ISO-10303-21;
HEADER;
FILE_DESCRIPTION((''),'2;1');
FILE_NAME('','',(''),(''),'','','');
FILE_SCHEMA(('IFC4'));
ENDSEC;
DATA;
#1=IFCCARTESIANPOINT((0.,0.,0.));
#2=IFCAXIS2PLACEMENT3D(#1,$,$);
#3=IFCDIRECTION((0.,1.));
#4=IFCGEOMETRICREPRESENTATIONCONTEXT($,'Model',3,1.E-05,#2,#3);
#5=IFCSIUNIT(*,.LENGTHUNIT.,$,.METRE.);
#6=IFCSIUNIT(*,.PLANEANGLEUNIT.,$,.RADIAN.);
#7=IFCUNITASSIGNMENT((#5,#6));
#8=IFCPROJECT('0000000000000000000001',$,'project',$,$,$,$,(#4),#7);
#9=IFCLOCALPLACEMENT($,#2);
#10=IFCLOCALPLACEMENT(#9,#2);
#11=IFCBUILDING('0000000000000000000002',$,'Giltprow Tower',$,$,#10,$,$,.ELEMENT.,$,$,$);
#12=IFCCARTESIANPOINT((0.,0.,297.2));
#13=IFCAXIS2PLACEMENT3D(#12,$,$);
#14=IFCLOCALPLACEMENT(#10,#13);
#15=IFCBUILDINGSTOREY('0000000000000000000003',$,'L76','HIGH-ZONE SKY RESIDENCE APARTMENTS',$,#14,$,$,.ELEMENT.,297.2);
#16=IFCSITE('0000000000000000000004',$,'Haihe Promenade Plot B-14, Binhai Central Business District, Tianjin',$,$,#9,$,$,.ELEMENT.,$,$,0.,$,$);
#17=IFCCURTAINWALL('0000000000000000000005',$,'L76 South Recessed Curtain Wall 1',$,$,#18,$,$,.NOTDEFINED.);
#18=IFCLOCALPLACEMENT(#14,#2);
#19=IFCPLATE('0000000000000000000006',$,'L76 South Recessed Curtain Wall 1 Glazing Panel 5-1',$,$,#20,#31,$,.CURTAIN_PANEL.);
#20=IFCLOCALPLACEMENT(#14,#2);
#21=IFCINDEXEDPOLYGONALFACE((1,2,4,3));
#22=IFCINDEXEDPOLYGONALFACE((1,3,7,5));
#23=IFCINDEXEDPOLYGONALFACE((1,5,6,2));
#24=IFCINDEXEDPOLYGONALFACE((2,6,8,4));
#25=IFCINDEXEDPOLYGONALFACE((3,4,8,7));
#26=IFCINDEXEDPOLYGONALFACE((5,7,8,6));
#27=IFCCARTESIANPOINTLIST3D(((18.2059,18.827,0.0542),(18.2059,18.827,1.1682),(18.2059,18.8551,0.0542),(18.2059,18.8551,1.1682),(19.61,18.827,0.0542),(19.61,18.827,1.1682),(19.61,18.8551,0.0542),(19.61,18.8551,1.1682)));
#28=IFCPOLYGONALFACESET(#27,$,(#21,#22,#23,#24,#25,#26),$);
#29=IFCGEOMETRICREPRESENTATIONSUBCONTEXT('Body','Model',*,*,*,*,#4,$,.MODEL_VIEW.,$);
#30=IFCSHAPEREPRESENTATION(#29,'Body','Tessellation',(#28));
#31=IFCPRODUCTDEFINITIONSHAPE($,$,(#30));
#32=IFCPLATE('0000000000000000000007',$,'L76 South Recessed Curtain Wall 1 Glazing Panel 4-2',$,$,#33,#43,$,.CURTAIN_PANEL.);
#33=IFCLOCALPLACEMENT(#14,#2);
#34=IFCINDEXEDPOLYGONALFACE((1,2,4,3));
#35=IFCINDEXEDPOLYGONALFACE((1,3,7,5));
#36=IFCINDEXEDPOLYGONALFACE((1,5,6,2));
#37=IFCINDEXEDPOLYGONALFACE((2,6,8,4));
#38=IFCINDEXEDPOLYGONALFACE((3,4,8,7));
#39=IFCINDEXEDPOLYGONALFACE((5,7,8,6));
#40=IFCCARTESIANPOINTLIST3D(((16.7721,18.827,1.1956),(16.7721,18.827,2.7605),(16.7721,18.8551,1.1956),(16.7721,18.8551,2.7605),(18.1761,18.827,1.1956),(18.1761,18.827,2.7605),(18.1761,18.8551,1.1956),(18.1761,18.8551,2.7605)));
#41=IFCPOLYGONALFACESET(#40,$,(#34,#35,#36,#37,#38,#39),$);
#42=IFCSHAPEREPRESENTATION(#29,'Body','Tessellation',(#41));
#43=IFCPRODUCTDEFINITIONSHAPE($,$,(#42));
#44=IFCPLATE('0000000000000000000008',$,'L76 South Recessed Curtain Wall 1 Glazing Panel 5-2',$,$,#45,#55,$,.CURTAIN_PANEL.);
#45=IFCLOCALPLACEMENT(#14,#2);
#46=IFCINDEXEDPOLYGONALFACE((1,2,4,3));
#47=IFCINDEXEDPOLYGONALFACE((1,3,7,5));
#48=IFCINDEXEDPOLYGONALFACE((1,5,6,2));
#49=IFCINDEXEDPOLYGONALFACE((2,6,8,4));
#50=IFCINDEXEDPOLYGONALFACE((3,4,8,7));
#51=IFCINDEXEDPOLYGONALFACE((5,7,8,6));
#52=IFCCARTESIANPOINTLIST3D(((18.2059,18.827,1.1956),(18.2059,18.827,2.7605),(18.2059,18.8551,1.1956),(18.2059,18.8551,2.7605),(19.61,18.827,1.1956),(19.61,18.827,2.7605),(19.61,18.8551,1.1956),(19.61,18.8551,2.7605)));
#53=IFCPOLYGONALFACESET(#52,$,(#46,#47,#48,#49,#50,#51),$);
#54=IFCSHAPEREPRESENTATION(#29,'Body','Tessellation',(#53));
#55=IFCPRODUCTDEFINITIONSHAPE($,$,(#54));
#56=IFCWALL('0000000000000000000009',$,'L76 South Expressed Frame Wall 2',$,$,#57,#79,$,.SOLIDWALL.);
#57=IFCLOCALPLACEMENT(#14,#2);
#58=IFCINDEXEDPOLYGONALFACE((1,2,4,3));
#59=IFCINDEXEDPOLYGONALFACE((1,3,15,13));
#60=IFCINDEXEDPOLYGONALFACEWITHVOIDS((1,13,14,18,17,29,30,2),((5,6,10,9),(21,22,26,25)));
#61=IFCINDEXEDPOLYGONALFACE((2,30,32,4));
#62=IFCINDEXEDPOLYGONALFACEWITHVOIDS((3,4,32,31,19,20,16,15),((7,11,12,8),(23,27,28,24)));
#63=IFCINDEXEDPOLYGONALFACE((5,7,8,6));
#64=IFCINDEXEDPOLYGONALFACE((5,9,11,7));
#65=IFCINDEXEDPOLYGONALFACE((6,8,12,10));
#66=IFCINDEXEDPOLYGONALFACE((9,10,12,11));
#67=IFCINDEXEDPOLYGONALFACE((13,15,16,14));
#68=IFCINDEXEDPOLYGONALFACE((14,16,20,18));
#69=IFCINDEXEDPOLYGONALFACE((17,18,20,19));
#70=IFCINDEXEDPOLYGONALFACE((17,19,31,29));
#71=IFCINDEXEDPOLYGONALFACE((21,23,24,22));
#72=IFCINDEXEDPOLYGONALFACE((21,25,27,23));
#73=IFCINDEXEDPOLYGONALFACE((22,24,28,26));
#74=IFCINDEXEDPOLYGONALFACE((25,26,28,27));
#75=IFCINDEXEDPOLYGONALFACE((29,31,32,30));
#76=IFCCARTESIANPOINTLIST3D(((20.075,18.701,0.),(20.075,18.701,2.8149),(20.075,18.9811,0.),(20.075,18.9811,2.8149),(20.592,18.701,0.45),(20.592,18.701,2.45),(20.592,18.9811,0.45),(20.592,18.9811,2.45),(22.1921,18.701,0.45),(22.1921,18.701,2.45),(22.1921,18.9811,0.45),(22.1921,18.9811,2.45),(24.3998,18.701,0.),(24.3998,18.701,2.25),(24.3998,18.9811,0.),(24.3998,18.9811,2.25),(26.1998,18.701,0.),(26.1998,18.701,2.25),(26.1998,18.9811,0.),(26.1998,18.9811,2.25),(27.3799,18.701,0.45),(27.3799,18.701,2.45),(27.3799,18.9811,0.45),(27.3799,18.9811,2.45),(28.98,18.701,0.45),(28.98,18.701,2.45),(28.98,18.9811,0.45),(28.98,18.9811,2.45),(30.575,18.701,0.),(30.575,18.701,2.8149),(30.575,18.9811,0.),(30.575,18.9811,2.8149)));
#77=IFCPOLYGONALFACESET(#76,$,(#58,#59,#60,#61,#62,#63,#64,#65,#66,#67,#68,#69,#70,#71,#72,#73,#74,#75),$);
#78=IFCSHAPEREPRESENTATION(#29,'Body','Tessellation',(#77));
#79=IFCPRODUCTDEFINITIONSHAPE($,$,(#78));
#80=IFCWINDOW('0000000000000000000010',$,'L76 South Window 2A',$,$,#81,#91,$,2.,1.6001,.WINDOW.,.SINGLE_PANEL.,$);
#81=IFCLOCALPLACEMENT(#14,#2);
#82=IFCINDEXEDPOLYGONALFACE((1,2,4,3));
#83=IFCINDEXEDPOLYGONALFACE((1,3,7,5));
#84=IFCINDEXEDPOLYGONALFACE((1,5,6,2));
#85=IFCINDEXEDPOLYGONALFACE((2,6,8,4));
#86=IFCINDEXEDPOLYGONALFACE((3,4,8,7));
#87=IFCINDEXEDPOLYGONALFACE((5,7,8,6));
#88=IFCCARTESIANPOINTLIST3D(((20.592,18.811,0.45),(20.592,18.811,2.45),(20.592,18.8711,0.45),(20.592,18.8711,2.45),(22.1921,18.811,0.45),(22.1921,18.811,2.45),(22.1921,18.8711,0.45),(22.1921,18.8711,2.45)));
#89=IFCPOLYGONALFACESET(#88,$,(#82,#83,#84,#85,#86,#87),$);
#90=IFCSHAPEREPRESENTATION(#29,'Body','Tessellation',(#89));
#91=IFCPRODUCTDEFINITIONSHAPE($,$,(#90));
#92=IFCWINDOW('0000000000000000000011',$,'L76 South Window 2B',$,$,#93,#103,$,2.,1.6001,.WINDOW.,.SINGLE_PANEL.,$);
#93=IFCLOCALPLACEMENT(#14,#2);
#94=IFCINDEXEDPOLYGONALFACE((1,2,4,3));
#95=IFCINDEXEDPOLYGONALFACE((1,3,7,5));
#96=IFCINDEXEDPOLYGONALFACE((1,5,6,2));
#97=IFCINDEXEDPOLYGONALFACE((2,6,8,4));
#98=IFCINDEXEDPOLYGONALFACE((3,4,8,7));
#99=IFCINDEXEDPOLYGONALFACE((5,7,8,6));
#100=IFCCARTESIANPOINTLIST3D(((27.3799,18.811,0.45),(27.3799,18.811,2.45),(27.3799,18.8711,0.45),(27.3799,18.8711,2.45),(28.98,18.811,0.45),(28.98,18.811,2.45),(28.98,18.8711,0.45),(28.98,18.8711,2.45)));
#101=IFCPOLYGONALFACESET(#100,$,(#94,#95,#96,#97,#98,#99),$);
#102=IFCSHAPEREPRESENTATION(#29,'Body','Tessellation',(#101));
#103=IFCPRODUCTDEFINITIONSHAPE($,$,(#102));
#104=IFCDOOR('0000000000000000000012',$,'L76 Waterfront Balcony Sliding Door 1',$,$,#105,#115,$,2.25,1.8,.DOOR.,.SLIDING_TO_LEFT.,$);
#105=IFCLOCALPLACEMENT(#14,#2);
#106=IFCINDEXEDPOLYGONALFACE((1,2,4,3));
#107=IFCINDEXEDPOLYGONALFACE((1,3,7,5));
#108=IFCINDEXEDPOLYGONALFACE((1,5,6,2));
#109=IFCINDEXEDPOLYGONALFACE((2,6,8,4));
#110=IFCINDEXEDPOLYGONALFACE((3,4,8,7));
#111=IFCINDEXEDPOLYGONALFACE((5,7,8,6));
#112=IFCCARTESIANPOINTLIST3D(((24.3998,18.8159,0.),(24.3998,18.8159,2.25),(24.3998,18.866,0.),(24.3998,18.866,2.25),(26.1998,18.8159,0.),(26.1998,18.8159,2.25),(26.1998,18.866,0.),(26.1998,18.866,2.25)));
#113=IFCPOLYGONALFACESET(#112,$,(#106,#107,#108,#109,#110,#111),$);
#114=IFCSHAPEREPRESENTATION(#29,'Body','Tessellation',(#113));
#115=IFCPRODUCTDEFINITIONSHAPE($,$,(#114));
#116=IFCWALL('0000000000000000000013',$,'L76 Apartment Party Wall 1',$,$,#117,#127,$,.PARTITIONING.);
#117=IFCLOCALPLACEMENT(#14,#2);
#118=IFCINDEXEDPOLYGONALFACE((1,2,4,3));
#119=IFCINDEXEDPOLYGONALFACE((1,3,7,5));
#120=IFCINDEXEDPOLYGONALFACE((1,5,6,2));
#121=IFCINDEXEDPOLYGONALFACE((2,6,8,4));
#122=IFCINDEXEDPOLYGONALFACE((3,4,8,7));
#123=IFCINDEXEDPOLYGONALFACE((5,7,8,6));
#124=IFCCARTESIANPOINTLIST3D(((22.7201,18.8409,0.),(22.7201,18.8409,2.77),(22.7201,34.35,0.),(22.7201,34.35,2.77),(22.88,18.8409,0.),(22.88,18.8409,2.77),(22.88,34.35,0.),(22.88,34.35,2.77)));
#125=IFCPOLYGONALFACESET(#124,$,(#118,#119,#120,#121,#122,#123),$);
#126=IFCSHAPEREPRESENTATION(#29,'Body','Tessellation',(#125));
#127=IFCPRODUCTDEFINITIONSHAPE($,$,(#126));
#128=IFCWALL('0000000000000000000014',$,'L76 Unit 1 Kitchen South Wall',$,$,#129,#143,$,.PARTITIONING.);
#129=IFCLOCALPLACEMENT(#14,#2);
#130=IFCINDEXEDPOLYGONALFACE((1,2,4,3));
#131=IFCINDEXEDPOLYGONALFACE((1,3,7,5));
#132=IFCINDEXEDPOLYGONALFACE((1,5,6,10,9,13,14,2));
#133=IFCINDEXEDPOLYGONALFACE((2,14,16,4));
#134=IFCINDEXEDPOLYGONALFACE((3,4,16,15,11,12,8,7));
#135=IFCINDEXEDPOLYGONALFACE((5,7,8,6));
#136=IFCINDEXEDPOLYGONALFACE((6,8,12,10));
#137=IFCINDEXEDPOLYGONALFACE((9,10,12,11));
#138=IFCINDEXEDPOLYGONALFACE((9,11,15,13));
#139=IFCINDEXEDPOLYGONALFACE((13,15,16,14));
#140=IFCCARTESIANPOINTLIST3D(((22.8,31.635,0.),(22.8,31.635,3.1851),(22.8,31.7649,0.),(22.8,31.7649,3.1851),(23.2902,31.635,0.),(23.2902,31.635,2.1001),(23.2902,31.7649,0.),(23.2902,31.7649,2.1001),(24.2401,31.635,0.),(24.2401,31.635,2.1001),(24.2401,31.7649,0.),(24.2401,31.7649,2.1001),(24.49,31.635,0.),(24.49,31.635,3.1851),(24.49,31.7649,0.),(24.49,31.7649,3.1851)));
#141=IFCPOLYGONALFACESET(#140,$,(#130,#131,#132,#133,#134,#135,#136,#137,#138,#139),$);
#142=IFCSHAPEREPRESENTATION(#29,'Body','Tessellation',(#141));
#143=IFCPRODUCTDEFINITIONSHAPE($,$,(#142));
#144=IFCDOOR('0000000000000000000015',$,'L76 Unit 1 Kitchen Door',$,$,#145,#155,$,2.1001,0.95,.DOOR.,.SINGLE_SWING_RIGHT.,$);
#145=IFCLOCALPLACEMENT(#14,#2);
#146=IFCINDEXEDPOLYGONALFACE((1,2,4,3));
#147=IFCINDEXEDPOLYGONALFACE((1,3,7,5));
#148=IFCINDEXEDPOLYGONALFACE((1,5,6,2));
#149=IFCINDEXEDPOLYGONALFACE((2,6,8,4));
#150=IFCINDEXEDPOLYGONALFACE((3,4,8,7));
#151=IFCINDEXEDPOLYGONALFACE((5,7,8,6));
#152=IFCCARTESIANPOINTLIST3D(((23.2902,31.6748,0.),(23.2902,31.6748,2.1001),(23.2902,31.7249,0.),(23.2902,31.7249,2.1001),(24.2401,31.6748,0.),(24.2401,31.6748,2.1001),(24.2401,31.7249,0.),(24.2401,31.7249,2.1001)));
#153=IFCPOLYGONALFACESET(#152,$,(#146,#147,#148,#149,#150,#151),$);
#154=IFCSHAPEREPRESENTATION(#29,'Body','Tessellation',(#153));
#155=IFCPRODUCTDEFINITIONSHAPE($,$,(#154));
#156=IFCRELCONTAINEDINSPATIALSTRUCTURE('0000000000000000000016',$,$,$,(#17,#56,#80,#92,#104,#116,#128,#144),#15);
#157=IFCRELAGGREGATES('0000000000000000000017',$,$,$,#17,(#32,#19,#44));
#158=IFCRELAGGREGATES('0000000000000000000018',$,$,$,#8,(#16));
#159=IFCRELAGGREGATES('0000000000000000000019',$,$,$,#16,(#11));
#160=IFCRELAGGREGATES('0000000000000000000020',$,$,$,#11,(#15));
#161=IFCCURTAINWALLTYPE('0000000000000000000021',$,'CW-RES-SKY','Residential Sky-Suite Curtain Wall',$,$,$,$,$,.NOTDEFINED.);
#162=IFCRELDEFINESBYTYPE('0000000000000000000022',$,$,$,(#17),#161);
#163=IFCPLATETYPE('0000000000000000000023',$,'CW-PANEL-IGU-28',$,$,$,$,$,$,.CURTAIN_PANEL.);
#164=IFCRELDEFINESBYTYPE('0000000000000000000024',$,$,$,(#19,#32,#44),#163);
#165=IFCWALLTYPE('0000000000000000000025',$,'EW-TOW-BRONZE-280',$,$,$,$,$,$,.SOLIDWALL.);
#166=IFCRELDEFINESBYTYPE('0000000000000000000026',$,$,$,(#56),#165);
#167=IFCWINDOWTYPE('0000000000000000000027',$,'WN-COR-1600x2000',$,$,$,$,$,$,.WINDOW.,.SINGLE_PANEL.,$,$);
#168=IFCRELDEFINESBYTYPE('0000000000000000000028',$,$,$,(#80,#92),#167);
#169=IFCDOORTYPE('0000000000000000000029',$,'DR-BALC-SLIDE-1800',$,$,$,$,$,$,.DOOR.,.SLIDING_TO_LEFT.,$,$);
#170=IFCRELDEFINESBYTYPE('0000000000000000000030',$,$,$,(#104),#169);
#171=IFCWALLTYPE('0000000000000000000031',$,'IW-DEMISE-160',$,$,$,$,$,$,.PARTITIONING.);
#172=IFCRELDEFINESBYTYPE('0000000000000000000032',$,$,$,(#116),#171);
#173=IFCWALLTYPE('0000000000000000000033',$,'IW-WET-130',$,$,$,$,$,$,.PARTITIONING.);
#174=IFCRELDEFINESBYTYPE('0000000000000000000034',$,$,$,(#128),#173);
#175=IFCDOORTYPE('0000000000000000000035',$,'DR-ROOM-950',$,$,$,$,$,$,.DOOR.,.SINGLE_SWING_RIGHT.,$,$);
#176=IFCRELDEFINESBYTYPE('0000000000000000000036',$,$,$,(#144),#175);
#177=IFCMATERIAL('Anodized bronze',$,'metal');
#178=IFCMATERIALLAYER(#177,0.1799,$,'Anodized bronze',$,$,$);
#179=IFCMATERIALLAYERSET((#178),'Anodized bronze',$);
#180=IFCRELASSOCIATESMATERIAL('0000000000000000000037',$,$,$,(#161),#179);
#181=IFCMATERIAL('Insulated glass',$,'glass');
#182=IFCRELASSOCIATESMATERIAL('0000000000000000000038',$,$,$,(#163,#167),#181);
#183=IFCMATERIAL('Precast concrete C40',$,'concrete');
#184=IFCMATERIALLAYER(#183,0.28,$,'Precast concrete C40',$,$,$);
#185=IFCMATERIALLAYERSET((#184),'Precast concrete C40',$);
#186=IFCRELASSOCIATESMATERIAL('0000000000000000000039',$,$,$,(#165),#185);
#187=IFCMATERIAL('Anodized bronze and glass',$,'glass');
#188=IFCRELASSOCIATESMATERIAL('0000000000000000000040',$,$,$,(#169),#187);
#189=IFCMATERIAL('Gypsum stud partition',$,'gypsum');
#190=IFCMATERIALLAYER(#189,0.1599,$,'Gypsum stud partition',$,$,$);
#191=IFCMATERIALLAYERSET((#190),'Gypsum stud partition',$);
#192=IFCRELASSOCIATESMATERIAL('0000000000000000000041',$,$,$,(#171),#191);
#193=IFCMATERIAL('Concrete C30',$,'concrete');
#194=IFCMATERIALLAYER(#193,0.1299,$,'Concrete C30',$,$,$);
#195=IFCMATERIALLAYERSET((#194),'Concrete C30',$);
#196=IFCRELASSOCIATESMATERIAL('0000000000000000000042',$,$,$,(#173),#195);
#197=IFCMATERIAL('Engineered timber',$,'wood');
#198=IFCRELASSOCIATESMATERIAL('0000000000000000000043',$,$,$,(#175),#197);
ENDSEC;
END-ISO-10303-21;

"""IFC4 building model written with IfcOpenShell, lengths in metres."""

from ifc_helpers import new_model, si_unit, direction, frame, frame_2d, origin, origin_2d, place, context, subcontext, project, spatial, rectangle, extrude, source, transform, mapped, material, layer, layer_set, type_object, element, fill, aggregate, save


model = new_model("IFC4")

# Units and contexts
model_context = context("Model", 3, precision=1e-05, world=origin(), true_north=direction((0.0, 1.0)))
body_context = subcontext(model_context, "Body", "Model", "MODEL_VIEW")
ifc_project = project(units=[si_unit("LENGTHUNIT", "METRE"), si_unit("PLANEANGLEUNIT", "RADIAN")], contexts=[model_context])

# Site, building, storey
site_placement = place(None, origin())
site = spatial("IfcSite", under=ifc_project, at=site_placement, Name="Haihe Promenade Plot B-14, Binhai Central Business District, Tianjin", CompositionType="ELEMENT", RefElevation=0.0)
building_placement = place(site_placement, origin())
building = spatial("IfcBuilding", under=site, at=building_placement, Name="Giltprow Tower", CompositionType="ELEMENT")
storey_placement = place(building_placement, frame((0.0, 0.0, 297.2)))
storey = spatial("IfcBuildingStorey", under=building, at=storey_placement, Name="L76", Description="HIGH-ZONE SKY RESIDENCE APARTMENTS", CompositionType="ELEMENT", Elevation=297.2)

# Curtain wall, plates
ifc_material_1 = material(Name="Anodized bronze", Category="metal")
ifc_layer_1 = layer(ifc_material_1, 0.1799, Name="Anodized bronze")
ifc_layer_set_1 = layer_set([ifc_layer_1], Name="Anodized bronze")
curtain_wall_type = type_object("IfcCurtainWallType", Name="CW-RES-SKY", Description="Residential Sky-Suite Curtain Wall", PredefinedType="NOTDEFINED", material=ifc_layer_set_1)
curtain_wall_placement = place(storey_placement, origin())
curtain_wall = element("IfcCurtainWall", 1, at=curtain_wall_placement, inside=storey, type_object=curtain_wall_type, Name="L76 South Recessed Curtain Wall 1", PredefinedType="NOTDEFINED")
ifc_material_2 = material(Name="Insulated glass", Category="glass")
plate_type = type_object("IfcPlateType", Name="CW-PANEL-IGU-28", PredefinedType="CURTAIN_PANEL", material=ifc_material_2)
shared_shape_1 = source(origin(), body_context, "Body", "SweptSolid", [
    extrude(rectangle(XDim=1.4041, YDim=0.0281, at=origin_2d()), origin(), (0.0, 0.0, 1.0), 1.114),
])
plate_1_placement = place(storey_placement, frame((18.908, 18.8411, 0.0542), z_axis=(0.0, 0.0, 1.0), x_axis=(1.0, 0.0, 0.0)))
plate_1 = element("IfcPlate", 2, at=plate_1_placement, type_object=plate_type, Name="L76 South Recessed Curtain Wall 1 Glazing Panel 5-1", PredefinedType="CURTAIN_PANEL", context=body_context, shape_type="MappedRepresentation", body=[
    mapped(shared_shape_1, transform((0.0, 0.0, 0.0), x_axis=(1.0, 0.0, 0.0), y_axis=(0.0, 1.0, 0.0), z_axis=(0.0, 0.0, 1.0), scale=1.0)),
])
shared_shape_2 = source(origin(), body_context, "Body", "SweptSolid", [
    extrude(rectangle(XDim=1.4041, YDim=0.0281, at=origin_2d()), origin(), (0.0, 0.0, 1.0), 1.5649),
])
plate_2_placement = place(storey_placement, frame((17.4741, 18.8411, 1.1956), z_axis=(0.0, 0.0, 1.0), x_axis=(1.0, 0.0, 0.0)))
plate_2 = element("IfcPlate", 3, at=plate_2_placement, type_object=plate_type, Name="L76 South Recessed Curtain Wall 1 Glazing Panel 4-2", PredefinedType="CURTAIN_PANEL", context=body_context, shape_type="MappedRepresentation", body=[
    mapped(shared_shape_2, transform((0.0, 0.0, 0.0), x_axis=(1.0, 0.0, 0.0), y_axis=(0.0, 1.0, 0.0), z_axis=(0.0, 0.0, 1.0), scale=1.0)),
])
plate_3_placement = place(storey_placement, frame((18.908, 18.8411, 1.1956), z_axis=(0.0, 0.0, 1.0), x_axis=(1.0, 0.0, 0.0)))
plate_3 = element("IfcPlate", 4, at=plate_3_placement, type_object=plate_type, Name="L76 South Recessed Curtain Wall 1 Glazing Panel 5-2", PredefinedType="CURTAIN_PANEL", context=body_context, shape_type="MappedRepresentation", body=[
    mapped(shared_shape_2, transform((0.0, 0.0, 0.0), x_axis=(1.0, 0.0, 0.0), y_axis=(0.0, 1.0, 0.0), z_axis=(0.0, 0.0, 1.0), scale=1.0)),
])
aggregate(curtain_wall, [plate_2, plate_1, plate_3])

# Wall, openings, windows, door
ifc_material_3 = material(Name="Precast concrete C40", Category="concrete")
ifc_layer_2 = layer(ifc_material_3, 0.28, Name="Precast concrete C40")
ifc_layer_set_2 = layer_set([ifc_layer_2], Name="Precast concrete C40")
wall_type_1 = type_object("IfcWallType", Name="EW-TOW-BRONZE-280", PredefinedType="SOLIDWALL", material=ifc_layer_set_2)
wall_1_placement = place(storey_placement, frame((20.075, 18.8411, 0.0), z_axis=(0.0, 0.0, 1.0), x_axis=(1.0, 0.0, 0.0)))
wall_1 = element("IfcWall", 5, at=wall_1_placement, inside=storey, type_object=wall_type_1, Name="L76 South Expressed Frame Wall 2", PredefinedType="SOLIDWALL", context=body_context, shape_type="SweptSolid", body=[
    extrude(rectangle(XDim=10.5, YDim=0.28, at=frame_2d((5.25, 0.0))), origin(), (0.0, 0.0, 1.0), 2.8149),
])
opening_1_placement = place(wall_1_placement, frame((4.325, 0.0, 0.0)))
opening_1 = element("IfcOpeningElement", 6, at=opening_1_placement, cuts=wall_1, PredefinedType="OPENING", context=body_context, shape_type="SweptSolid", body=[
    extrude(rectangle(XDim=1.8, YDim=2.25, at=frame_2d((0.8999, 1.125))), frame((0.0, 0.1499, 0.0), z_axis=(0.0, -1.0, 0.0), x_axis=(1.0, 0.0, 0.0)), (0.0, 0.0, 1.0), 0.3),
])
opening_2_placement = place(wall_1_placement, frame((0.5171, 0.0, 0.45)))
opening_2 = element("IfcOpeningElement", 7, at=opening_2_placement, cuts=wall_1, PredefinedType="OPENING", context=body_context, shape_type="SweptSolid", body=[
    extrude(rectangle(XDim=1.6001, YDim=2.0, at=frame_2d((0.8, 1.0))), frame((0.0, 0.1499, 0.0), z_axis=(0.0, -1.0, 0.0), x_axis=(1.0, 0.0, 0.0)), (0.0, 0.0, 1.0), 0.3),
])
opening_3_placement = place(wall_1_placement, frame((7.3049, 0.0, 0.45)))
opening_3 = element("IfcOpeningElement", 8, at=opening_3_placement, cuts=wall_1, PredefinedType="OPENING", context=body_context, shape_type="SweptSolid", body=[
    extrude(rectangle(XDim=1.6001, YDim=2.0, at=frame_2d((0.8, 1.0))), frame((0.0, 0.1499, 0.0), z_axis=(0.0, -1.0, 0.0), x_axis=(1.0, 0.0, 0.0)), (0.0, 0.0, 1.0), 0.3),
])
window_type = type_object("IfcWindowType", Name="WN-COR-1600x2000", PartitioningType="SINGLE_PANEL", PredefinedType="WINDOW", material=ifc_material_2)
shared_shape_3 = source(origin(), body_context, "Body", "SweptSolid", [
    extrude(rectangle(XDim=1.6001, YDim=2.0, at=frame_2d((0.8, 1.0))), frame((0.0, 0.03, 0.0), z_axis=(0.0, -1.0, 0.0), x_axis=(1.0, 0.0, 0.0)), (0.0, 0.0, 1.0), 0.0601),
])
window_1_placement = place(opening_2_placement, origin())
window_1 = element("IfcWindow", 9, at=window_1_placement, inside=storey, type_object=window_type, Name="L76 South Window 2A", OverallHeight=2.0, OverallWidth=1.6001, PartitioningType="SINGLE_PANEL", PredefinedType="WINDOW", context=body_context, shape_type="MappedRepresentation", body=[
    mapped(shared_shape_3, transform((0.0, 0.0, 0.0), x_axis=(1.0, 0.0, 0.0), y_axis=(0.0, 1.0, 0.0), z_axis=(0.0, 0.0, 1.0), scale=1.0)),
])
fill(opening_2, window_1)
window_2_placement = place(opening_3_placement, origin())
window_2 = element("IfcWindow", 10, at=window_2_placement, inside=storey, type_object=window_type, Name="L76 South Window 2B", OverallHeight=2.0, OverallWidth=1.6001, PartitioningType="SINGLE_PANEL", PredefinedType="WINDOW", context=body_context, shape_type="MappedRepresentation", body=[
    mapped(shared_shape_3, transform((0.0, 0.0, 0.0), x_axis=(1.0, 0.0, 0.0), y_axis=(0.0, 1.0, 0.0), z_axis=(0.0, 0.0, 1.0), scale=1.0)),
])
fill(opening_3, window_2)
ifc_material_4 = material(Name="Anodized bronze and glass", Category="glass")
door_type_1 = type_object("IfcDoorType", Name="DR-BALC-SLIDE-1800", OperationType="SLIDING_TO_LEFT", PredefinedType="DOOR", material=ifc_material_4)
shared_shape_4 = source(origin(), body_context, "Body", "SweptSolid", [
    extrude(rectangle(XDim=1.8, YDim=2.25, at=frame_2d((0.8999, 1.125))), frame((0.0, 0.0249, 0.0), z_axis=(0.0, -1.0, 0.0), x_axis=(1.0, 0.0, 0.0)), (0.0, 0.0, 1.0), 0.05),
])
door_1_placement = place(opening_1_placement, origin())
door_1 = element("IfcDoor", 11, at=door_1_placement, inside=storey, type_object=door_type_1, Name="L76 Waterfront Balcony Sliding Door 1", OperationType="SLIDING_TO_LEFT", OverallHeight=2.25, OverallWidth=1.8, PredefinedType="DOOR", context=body_context, shape_type="MappedRepresentation", body=[
    mapped(shared_shape_4, transform((0.0, 0.0, 0.0), x_axis=(1.0, 0.0, 0.0), y_axis=(0.0, 1.0, 0.0), z_axis=(0.0, 0.0, 1.0), scale=1.0)),
])
fill(opening_1, door_1)

# Wall
ifc_material_5 = material(Name="Gypsum stud partition", Category="gypsum")
ifc_layer_3 = layer(ifc_material_5, 0.1599, Name="Gypsum stud partition")
ifc_layer_set_3 = layer_set([ifc_layer_3], Name="Gypsum stud partition")
wall_type_2 = type_object("IfcWallType", Name="IW-DEMISE-160", PredefinedType="PARTITIONING", material=ifc_layer_set_3)
wall_2_placement = place(storey_placement, frame((22.8, 18.8411, 0.0), z_axis=(0.0, 0.0, 1.0), x_axis=(0.0, 1.0, 0.0)))
element("IfcWall", 12, at=wall_2_placement, inside=storey, type_object=wall_type_2, Name="L76 Apartment Party Wall 1", PredefinedType="PARTITIONING", context=body_context, shape_type="SweptSolid", body=[
    extrude(rectangle(XDim=15.509, YDim=0.1599, at=frame_2d((7.7544, 0.0))), origin(), (0.0, 0.0, 1.0), 2.77),
])

# Wall, opening, door
ifc_material_6 = material(Name="Concrete C30", Category="concrete")
ifc_layer_4 = layer(ifc_material_6, 0.1299, Name="Concrete C30")
ifc_layer_set_4 = layer_set([ifc_layer_4], Name="Concrete C30")
wall_type_3 = type_object("IfcWallType", Name="IW-WET-130", PredefinedType="PARTITIONING", material=ifc_layer_set_4)
wall_3_placement = place(storey_placement, frame((22.8, 31.7, 0.0), z_axis=(0.0, 0.0, 1.0), x_axis=(1.0, 0.0, 0.0)))
wall_3 = element("IfcWall", 13, at=wall_3_placement, inside=storey, type_object=wall_type_3, Name="L76 Unit 1 Kitchen South Wall", PredefinedType="PARTITIONING", context=body_context, shape_type="SweptSolid", body=[
    extrude(rectangle(XDim=1.6899, YDim=0.1299, at=frame_2d((0.845, 0.0))), origin(), (0.0, 0.0, 1.0), 3.1851),
])
opening_4_placement = place(wall_3_placement, frame((0.49, 0.0, 0.0)))
opening_4 = element("IfcOpeningElement", 14, at=opening_4_placement, cuts=wall_3, PredefinedType="OPENING", context=body_context, shape_type="SweptSolid", body=[
    extrude(rectangle(XDim=0.95, YDim=2.1001, at=frame_2d((0.4751, 1.05))), frame((0.0, 0.075, 0.0), z_axis=(0.0, -1.0, 0.0), x_axis=(1.0, 0.0, 0.0)), (0.0, 0.0, 1.0), 0.1499),
])
ifc_material_7 = material(Name="Engineered timber", Category="wood")
door_type_2 = type_object("IfcDoorType", Name="DR-ROOM-950", OperationType="SINGLE_SWING_RIGHT", PredefinedType="DOOR", material=ifc_material_7)
shared_shape_5 = source(origin(), body_context, "Body", "SweptSolid", [
    extrude(rectangle(XDim=0.95, YDim=2.1001, at=frame_2d((0.4751, 1.05))), frame((0.0, 0.0249, 0.0), z_axis=(0.0, -1.0, 0.0), x_axis=(1.0, 0.0, 0.0)), (0.0, 0.0, 1.0), 0.05),
])
door_2_placement = place(opening_4_placement, origin())
door_2 = element("IfcDoor", 15, at=door_2_placement, inside=storey, type_object=door_type_2, Name="L76 Unit 1 Kitchen Door", OperationType="SINGLE_SWING_RIGHT", OverallHeight=2.1001, OverallWidth=0.95, PredefinedType="DOOR", context=body_context, shape_type="MappedRepresentation", body=[
    mapped(shared_shape_5, transform((0.0, 0.0, 0.0), x_axis=(1.0, 0.0, 0.0), y_axis=(0.0, 1.0, 0.0), z_axis=(0.0, 0.0, 1.0), scale=1.0)),
])
fill(opening_4, door_2)

save(model, "model.ifc")
